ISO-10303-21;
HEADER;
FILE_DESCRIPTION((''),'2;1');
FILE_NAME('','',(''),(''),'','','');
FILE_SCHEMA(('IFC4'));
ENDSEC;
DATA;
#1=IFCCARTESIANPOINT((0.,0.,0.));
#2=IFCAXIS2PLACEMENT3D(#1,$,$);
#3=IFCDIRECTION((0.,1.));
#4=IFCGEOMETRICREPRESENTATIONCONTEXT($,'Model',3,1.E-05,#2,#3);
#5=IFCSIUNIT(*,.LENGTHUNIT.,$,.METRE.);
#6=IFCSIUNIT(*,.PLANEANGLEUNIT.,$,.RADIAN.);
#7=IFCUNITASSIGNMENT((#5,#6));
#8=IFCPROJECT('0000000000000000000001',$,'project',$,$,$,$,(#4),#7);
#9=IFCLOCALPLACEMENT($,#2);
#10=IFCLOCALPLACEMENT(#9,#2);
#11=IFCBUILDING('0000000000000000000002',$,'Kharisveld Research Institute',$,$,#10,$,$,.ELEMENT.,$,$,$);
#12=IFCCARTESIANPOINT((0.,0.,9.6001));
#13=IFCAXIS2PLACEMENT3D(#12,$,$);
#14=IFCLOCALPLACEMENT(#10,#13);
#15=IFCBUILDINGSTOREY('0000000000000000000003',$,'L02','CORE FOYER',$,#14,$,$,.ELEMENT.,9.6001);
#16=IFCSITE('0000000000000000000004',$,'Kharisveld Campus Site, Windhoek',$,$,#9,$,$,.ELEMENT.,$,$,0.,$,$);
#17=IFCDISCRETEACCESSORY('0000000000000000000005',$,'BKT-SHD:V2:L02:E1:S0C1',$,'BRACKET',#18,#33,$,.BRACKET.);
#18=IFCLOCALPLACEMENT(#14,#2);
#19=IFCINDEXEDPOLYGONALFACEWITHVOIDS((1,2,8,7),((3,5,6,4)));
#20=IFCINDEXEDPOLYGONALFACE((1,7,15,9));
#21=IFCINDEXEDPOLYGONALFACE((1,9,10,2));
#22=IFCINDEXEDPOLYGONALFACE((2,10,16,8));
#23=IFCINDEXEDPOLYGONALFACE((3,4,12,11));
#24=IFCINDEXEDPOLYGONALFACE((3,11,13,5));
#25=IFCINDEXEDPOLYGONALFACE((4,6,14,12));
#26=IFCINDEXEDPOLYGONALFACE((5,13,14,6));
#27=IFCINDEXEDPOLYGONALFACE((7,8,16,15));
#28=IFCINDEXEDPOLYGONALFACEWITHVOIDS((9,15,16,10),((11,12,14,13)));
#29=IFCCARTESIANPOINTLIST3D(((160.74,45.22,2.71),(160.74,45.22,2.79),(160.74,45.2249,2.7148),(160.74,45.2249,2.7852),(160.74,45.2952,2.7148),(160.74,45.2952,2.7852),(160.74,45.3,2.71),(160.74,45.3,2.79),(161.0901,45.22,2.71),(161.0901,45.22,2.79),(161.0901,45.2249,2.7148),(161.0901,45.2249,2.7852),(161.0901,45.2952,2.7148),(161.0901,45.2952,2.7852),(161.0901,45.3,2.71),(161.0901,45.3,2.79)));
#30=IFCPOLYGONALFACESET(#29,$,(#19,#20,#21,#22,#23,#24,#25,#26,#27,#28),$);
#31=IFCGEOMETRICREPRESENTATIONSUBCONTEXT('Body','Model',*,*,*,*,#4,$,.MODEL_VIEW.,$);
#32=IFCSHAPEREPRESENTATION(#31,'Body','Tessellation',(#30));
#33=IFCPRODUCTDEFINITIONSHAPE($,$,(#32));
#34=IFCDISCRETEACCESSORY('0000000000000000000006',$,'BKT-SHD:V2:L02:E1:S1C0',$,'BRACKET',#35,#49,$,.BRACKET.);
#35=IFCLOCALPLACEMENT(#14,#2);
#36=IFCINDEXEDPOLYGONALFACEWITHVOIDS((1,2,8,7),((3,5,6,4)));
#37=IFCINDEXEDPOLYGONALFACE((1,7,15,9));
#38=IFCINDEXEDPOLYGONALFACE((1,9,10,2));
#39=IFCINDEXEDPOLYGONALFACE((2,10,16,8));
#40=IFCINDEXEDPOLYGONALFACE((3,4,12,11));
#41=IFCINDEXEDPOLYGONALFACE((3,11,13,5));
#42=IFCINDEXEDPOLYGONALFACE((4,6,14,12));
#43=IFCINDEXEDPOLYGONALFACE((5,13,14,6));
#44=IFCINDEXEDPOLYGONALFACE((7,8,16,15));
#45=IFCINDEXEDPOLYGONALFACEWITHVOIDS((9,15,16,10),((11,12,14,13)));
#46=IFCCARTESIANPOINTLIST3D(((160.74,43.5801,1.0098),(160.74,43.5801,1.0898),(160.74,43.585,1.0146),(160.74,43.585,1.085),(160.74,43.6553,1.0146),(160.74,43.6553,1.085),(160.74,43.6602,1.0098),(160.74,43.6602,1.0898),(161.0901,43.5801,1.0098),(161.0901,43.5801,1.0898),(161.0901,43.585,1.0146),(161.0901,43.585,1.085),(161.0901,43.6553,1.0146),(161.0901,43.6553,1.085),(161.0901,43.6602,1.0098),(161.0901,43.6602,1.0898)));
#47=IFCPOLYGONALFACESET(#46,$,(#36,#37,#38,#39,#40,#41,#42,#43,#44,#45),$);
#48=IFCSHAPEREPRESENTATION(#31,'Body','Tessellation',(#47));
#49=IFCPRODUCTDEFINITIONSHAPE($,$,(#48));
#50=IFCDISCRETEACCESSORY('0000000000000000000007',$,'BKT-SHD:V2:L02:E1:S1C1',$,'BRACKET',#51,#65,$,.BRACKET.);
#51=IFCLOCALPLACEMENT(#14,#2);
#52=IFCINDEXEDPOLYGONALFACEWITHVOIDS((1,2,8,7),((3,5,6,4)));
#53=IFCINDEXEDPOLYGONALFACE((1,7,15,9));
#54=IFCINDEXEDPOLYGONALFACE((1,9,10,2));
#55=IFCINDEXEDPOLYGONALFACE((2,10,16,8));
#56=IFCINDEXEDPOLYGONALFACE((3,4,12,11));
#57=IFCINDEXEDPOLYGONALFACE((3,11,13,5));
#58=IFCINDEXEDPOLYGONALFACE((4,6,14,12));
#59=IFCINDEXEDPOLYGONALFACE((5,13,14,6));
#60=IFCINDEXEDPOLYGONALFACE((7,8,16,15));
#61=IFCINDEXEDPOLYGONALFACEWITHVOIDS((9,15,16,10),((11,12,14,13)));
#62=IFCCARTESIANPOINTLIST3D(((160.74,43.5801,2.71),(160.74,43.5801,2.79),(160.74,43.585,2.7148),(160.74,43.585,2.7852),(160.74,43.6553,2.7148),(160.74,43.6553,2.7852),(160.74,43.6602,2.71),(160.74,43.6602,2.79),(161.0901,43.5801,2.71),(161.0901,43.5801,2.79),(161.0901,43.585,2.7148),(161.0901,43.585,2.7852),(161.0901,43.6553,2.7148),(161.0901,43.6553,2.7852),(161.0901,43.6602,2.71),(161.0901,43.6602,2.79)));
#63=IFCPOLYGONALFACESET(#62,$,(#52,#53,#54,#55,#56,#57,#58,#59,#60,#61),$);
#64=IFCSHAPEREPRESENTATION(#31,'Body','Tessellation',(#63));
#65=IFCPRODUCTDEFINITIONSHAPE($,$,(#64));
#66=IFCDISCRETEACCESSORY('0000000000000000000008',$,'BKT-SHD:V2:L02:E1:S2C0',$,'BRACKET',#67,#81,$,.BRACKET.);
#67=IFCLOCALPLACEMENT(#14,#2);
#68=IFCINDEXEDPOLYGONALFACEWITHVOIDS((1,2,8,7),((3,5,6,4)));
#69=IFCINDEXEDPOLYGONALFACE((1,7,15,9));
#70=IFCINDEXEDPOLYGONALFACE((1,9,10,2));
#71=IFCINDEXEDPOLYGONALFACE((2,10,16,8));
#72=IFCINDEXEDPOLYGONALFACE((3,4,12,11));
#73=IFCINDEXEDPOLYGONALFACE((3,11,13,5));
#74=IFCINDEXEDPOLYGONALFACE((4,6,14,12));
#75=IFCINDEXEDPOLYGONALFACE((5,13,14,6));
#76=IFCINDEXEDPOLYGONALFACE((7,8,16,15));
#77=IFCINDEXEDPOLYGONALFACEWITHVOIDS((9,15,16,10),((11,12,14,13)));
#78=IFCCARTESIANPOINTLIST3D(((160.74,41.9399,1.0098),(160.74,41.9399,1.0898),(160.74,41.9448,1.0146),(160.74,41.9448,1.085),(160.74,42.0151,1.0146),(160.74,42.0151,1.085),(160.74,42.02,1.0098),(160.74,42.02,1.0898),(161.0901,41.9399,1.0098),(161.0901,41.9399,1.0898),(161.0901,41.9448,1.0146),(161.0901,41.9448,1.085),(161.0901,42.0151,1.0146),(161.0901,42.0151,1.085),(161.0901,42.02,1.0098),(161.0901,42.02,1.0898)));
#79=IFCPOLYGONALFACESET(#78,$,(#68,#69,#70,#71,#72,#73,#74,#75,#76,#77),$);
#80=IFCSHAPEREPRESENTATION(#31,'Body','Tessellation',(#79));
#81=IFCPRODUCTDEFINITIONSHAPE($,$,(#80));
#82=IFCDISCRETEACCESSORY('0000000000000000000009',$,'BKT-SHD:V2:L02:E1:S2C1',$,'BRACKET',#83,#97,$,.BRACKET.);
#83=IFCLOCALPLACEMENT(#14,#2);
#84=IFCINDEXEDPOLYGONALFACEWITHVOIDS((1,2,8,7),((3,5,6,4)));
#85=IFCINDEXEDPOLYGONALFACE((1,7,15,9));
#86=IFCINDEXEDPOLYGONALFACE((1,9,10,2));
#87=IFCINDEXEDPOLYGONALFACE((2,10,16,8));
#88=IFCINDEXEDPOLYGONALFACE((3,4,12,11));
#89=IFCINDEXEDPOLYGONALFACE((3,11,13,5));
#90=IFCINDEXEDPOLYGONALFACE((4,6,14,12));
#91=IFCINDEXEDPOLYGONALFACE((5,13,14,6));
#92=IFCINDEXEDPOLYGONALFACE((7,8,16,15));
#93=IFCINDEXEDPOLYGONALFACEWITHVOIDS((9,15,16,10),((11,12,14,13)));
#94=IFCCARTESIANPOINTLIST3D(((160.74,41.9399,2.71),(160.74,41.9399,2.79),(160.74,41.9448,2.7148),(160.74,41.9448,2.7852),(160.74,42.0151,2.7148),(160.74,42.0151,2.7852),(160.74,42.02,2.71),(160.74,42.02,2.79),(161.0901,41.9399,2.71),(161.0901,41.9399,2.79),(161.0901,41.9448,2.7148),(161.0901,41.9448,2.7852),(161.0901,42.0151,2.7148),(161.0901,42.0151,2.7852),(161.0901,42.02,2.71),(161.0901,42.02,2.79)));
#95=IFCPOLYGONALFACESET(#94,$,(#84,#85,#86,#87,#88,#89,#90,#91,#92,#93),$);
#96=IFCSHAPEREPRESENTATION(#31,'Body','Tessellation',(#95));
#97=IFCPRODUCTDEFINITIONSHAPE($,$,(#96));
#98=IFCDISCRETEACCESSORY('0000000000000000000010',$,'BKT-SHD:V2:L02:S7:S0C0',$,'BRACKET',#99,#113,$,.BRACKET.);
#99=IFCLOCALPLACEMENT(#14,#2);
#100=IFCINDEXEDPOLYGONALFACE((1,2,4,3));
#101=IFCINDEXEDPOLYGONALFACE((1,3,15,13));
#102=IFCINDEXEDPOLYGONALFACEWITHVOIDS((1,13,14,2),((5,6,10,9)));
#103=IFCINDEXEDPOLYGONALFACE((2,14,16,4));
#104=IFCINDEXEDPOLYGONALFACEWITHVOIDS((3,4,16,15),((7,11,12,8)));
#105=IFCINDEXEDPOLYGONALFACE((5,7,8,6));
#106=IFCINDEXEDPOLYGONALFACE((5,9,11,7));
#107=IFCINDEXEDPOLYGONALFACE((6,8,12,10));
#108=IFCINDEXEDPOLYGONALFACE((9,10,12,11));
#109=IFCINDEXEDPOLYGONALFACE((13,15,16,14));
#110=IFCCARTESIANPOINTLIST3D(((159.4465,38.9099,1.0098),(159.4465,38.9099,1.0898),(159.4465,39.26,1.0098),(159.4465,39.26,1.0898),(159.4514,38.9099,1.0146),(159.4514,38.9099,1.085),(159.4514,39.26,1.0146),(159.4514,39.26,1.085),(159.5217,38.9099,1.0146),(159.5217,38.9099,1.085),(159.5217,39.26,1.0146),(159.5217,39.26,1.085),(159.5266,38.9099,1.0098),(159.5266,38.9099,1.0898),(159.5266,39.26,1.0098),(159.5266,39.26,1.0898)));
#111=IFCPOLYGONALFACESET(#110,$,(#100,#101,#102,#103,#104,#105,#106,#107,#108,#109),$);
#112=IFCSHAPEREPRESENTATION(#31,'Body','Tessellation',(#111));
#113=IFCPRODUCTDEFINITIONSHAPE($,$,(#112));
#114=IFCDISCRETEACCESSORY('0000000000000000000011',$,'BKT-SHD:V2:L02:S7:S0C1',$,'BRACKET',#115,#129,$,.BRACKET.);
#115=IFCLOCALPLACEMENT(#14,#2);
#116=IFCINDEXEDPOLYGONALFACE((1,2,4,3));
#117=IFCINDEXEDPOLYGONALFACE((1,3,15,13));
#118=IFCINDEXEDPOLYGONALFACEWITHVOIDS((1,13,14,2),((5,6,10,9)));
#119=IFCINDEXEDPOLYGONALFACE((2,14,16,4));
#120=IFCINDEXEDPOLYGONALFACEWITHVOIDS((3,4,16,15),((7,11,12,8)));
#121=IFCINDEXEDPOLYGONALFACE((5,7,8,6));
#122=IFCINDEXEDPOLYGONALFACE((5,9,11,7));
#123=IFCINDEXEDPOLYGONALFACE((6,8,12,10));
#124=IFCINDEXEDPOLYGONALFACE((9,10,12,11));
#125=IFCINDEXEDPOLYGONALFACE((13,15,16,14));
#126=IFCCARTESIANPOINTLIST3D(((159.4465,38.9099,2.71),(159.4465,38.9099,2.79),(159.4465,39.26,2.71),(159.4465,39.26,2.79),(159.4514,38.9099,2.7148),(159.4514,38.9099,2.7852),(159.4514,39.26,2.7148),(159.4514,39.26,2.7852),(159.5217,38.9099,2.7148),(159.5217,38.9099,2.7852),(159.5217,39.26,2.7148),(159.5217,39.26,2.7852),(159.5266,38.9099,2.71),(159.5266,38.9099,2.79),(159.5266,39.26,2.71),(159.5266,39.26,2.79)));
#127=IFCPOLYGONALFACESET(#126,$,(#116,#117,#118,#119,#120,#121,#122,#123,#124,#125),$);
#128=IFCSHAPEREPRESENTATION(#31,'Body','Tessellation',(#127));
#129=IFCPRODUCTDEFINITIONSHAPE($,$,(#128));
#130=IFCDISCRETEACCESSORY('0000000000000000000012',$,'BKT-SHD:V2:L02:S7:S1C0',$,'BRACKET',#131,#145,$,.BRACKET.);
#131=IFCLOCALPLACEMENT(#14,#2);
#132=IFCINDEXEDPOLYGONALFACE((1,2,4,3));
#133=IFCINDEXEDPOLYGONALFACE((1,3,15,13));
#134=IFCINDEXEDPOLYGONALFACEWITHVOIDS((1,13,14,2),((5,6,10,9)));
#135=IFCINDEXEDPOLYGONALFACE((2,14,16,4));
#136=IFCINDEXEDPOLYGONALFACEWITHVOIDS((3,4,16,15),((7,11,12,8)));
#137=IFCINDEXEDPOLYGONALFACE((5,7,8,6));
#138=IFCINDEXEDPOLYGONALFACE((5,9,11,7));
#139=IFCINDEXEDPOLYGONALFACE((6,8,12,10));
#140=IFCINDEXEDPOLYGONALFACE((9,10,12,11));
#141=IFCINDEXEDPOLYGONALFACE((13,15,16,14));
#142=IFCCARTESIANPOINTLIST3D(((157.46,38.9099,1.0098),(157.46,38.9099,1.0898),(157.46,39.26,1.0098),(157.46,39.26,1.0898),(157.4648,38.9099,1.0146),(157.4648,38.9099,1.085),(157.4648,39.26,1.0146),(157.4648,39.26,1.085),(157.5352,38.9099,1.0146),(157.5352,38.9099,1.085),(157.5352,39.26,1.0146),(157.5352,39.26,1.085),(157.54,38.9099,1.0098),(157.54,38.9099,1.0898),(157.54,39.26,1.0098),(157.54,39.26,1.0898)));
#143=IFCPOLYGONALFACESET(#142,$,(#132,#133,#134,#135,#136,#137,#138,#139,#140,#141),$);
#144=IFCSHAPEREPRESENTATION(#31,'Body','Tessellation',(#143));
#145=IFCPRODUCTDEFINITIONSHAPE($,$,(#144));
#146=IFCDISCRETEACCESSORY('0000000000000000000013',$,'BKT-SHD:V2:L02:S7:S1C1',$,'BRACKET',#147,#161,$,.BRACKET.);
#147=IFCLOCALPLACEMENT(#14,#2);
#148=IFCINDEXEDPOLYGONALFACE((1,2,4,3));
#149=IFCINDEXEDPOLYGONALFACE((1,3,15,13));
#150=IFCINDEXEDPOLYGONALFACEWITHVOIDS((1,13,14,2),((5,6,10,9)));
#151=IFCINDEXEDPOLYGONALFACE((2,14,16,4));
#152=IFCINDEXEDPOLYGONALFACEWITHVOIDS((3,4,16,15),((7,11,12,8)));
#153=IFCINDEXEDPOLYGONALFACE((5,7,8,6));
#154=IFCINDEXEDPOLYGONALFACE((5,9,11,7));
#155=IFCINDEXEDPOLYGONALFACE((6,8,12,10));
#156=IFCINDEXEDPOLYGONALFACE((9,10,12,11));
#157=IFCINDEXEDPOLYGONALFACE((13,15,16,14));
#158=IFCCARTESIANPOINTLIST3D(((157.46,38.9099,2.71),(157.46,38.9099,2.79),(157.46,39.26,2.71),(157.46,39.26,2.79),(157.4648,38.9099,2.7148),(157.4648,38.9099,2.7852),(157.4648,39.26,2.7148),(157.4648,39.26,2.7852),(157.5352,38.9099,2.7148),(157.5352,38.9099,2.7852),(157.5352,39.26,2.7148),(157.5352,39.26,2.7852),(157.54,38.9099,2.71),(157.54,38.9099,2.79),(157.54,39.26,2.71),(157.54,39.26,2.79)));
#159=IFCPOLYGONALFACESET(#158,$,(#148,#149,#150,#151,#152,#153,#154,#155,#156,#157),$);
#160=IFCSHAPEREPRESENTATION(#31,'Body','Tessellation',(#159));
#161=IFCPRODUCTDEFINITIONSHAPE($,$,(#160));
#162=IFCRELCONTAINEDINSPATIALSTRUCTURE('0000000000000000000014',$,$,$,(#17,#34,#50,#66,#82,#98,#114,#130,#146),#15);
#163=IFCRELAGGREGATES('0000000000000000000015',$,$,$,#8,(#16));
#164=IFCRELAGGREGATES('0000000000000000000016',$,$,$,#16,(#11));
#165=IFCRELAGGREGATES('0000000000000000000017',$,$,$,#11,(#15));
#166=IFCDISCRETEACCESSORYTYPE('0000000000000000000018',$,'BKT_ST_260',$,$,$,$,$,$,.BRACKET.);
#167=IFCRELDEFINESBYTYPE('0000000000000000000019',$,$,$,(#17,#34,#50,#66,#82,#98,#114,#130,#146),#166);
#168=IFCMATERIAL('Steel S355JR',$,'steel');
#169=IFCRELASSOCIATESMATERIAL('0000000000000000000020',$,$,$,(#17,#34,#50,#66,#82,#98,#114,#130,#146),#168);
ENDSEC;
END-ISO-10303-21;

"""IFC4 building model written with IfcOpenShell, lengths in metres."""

from ifc_helpers import new_model, si_unit, direction, frame, origin, origin_2d, place, context, subcontext, project, spatial, hollow_rectangle, extrude, material, type_object, element, save


model = new_model("IFC4")

# Units and contexts
model_context = context("Model", 3, precision=1e-05, world=origin(), true_north=direction((0.0, 1.0)))
body_context = subcontext(model_context, "Body", "Model", "MODEL_VIEW")
ifc_project = project(units=[si_unit("LENGTHUNIT", "METRE"), si_unit("PLANEANGLEUNIT", "RADIAN")], contexts=[model_context])

# Site, building, storey
site_placement = place(None, origin())
site = spatial("IfcSite", under=ifc_project, at=site_placement, Name="Kharisveld Campus Site, Windhoek", CompositionType="ELEMENT", RefElevation=0.0)
building_placement = place(site_placement, origin())
building = spatial("IfcBuilding", under=site, at=building_placement, Name="Kharisveld Research Institute", CompositionType="ELEMENT")
storey_placement = place(building_placement, frame((0.0, 0.0, 9.6001)))
storey = spatial("IfcBuildingStorey", under=building, at=storey_placement, Name="L02", Description="CORE FOYER", CompositionType="ELEMENT", Elevation=9.6001)

# Discrete accessories
ifc_material_1 = material(Name="Steel S355JR", Category="steel")
discrete_accessory_type = type_object("IfcDiscreteAccessoryType", Name="BKT_ST_260", PredefinedType="BRACKET")
for number, where, z_axis, x_axis, name in (
    (1, (160.74, 45.26, 2.75), (1.0, 0.0, 0.0), (0.0, 1.0, 0.0), "BKT-SHD:V2:L02:E1:S0C1"),
    (2, (160.74, 43.6201, 1.0498), (1.0, 0.0, 0.0), (0.0, 1.0, 0.0), "BKT-SHD:V2:L02:E1:S1C0"),
    (3, (160.74, 43.6201, 2.75), (1.0, 0.0, 0.0), (0.0, 1.0, 0.0), "BKT-SHD:V2:L02:E1:S1C1"),
    (4, (160.74, 41.98, 1.0498), (1.0, 0.0, 0.0), (0.0, 1.0, 0.0), "BKT-SHD:V2:L02:E1:S2C0"),
    (5, (160.74, 41.98, 2.75), (1.0, 0.0, 0.0), (0.0, 1.0, 0.0), "BKT-SHD:V2:L02:E1:S2C1"),
    (6, (159.4866, 39.26, 1.0498), (0.0, -1.0, 0.0), (1.0, 0.0, 0.0), "BKT-SHD:V2:L02:S7:S0C0"),
    (7, (159.4866, 39.26, 2.75), (0.0, -1.0, 0.0), (1.0, 0.0, 0.0), "BKT-SHD:V2:L02:S7:S0C1"),
    (8, (157.5, 39.26, 1.0498), (0.0, -1.0, 0.0), (1.0, 0.0, 0.0), "BKT-SHD:V2:L02:S7:S1C0"),
    (9, (157.5, 39.26, 2.75), (0.0, -1.0, 0.0), (1.0, 0.0, 0.0), "BKT-SHD:V2:L02:S7:S1C1"),
):
    element("IfcDiscreteAccessory", number, at=place(storey_placement, frame(where, z_axis=z_axis, x_axis=x_axis)), inside=storey, type_object=discrete_accessory_type, material=ifc_material_1, Name=name, ObjectType="BRACKET", PredefinedType="BRACKET", context=body_context, shape_type="SweptSolid", body=[
        extrude(hollow_rectangle(XDim=0.0801, YDim=0.0801, WallThickness=0.0049, at=origin_2d()), origin(), (0.0, 0.0, 1.0), 0.3501),
    ])

save(model, "model.ifc")
